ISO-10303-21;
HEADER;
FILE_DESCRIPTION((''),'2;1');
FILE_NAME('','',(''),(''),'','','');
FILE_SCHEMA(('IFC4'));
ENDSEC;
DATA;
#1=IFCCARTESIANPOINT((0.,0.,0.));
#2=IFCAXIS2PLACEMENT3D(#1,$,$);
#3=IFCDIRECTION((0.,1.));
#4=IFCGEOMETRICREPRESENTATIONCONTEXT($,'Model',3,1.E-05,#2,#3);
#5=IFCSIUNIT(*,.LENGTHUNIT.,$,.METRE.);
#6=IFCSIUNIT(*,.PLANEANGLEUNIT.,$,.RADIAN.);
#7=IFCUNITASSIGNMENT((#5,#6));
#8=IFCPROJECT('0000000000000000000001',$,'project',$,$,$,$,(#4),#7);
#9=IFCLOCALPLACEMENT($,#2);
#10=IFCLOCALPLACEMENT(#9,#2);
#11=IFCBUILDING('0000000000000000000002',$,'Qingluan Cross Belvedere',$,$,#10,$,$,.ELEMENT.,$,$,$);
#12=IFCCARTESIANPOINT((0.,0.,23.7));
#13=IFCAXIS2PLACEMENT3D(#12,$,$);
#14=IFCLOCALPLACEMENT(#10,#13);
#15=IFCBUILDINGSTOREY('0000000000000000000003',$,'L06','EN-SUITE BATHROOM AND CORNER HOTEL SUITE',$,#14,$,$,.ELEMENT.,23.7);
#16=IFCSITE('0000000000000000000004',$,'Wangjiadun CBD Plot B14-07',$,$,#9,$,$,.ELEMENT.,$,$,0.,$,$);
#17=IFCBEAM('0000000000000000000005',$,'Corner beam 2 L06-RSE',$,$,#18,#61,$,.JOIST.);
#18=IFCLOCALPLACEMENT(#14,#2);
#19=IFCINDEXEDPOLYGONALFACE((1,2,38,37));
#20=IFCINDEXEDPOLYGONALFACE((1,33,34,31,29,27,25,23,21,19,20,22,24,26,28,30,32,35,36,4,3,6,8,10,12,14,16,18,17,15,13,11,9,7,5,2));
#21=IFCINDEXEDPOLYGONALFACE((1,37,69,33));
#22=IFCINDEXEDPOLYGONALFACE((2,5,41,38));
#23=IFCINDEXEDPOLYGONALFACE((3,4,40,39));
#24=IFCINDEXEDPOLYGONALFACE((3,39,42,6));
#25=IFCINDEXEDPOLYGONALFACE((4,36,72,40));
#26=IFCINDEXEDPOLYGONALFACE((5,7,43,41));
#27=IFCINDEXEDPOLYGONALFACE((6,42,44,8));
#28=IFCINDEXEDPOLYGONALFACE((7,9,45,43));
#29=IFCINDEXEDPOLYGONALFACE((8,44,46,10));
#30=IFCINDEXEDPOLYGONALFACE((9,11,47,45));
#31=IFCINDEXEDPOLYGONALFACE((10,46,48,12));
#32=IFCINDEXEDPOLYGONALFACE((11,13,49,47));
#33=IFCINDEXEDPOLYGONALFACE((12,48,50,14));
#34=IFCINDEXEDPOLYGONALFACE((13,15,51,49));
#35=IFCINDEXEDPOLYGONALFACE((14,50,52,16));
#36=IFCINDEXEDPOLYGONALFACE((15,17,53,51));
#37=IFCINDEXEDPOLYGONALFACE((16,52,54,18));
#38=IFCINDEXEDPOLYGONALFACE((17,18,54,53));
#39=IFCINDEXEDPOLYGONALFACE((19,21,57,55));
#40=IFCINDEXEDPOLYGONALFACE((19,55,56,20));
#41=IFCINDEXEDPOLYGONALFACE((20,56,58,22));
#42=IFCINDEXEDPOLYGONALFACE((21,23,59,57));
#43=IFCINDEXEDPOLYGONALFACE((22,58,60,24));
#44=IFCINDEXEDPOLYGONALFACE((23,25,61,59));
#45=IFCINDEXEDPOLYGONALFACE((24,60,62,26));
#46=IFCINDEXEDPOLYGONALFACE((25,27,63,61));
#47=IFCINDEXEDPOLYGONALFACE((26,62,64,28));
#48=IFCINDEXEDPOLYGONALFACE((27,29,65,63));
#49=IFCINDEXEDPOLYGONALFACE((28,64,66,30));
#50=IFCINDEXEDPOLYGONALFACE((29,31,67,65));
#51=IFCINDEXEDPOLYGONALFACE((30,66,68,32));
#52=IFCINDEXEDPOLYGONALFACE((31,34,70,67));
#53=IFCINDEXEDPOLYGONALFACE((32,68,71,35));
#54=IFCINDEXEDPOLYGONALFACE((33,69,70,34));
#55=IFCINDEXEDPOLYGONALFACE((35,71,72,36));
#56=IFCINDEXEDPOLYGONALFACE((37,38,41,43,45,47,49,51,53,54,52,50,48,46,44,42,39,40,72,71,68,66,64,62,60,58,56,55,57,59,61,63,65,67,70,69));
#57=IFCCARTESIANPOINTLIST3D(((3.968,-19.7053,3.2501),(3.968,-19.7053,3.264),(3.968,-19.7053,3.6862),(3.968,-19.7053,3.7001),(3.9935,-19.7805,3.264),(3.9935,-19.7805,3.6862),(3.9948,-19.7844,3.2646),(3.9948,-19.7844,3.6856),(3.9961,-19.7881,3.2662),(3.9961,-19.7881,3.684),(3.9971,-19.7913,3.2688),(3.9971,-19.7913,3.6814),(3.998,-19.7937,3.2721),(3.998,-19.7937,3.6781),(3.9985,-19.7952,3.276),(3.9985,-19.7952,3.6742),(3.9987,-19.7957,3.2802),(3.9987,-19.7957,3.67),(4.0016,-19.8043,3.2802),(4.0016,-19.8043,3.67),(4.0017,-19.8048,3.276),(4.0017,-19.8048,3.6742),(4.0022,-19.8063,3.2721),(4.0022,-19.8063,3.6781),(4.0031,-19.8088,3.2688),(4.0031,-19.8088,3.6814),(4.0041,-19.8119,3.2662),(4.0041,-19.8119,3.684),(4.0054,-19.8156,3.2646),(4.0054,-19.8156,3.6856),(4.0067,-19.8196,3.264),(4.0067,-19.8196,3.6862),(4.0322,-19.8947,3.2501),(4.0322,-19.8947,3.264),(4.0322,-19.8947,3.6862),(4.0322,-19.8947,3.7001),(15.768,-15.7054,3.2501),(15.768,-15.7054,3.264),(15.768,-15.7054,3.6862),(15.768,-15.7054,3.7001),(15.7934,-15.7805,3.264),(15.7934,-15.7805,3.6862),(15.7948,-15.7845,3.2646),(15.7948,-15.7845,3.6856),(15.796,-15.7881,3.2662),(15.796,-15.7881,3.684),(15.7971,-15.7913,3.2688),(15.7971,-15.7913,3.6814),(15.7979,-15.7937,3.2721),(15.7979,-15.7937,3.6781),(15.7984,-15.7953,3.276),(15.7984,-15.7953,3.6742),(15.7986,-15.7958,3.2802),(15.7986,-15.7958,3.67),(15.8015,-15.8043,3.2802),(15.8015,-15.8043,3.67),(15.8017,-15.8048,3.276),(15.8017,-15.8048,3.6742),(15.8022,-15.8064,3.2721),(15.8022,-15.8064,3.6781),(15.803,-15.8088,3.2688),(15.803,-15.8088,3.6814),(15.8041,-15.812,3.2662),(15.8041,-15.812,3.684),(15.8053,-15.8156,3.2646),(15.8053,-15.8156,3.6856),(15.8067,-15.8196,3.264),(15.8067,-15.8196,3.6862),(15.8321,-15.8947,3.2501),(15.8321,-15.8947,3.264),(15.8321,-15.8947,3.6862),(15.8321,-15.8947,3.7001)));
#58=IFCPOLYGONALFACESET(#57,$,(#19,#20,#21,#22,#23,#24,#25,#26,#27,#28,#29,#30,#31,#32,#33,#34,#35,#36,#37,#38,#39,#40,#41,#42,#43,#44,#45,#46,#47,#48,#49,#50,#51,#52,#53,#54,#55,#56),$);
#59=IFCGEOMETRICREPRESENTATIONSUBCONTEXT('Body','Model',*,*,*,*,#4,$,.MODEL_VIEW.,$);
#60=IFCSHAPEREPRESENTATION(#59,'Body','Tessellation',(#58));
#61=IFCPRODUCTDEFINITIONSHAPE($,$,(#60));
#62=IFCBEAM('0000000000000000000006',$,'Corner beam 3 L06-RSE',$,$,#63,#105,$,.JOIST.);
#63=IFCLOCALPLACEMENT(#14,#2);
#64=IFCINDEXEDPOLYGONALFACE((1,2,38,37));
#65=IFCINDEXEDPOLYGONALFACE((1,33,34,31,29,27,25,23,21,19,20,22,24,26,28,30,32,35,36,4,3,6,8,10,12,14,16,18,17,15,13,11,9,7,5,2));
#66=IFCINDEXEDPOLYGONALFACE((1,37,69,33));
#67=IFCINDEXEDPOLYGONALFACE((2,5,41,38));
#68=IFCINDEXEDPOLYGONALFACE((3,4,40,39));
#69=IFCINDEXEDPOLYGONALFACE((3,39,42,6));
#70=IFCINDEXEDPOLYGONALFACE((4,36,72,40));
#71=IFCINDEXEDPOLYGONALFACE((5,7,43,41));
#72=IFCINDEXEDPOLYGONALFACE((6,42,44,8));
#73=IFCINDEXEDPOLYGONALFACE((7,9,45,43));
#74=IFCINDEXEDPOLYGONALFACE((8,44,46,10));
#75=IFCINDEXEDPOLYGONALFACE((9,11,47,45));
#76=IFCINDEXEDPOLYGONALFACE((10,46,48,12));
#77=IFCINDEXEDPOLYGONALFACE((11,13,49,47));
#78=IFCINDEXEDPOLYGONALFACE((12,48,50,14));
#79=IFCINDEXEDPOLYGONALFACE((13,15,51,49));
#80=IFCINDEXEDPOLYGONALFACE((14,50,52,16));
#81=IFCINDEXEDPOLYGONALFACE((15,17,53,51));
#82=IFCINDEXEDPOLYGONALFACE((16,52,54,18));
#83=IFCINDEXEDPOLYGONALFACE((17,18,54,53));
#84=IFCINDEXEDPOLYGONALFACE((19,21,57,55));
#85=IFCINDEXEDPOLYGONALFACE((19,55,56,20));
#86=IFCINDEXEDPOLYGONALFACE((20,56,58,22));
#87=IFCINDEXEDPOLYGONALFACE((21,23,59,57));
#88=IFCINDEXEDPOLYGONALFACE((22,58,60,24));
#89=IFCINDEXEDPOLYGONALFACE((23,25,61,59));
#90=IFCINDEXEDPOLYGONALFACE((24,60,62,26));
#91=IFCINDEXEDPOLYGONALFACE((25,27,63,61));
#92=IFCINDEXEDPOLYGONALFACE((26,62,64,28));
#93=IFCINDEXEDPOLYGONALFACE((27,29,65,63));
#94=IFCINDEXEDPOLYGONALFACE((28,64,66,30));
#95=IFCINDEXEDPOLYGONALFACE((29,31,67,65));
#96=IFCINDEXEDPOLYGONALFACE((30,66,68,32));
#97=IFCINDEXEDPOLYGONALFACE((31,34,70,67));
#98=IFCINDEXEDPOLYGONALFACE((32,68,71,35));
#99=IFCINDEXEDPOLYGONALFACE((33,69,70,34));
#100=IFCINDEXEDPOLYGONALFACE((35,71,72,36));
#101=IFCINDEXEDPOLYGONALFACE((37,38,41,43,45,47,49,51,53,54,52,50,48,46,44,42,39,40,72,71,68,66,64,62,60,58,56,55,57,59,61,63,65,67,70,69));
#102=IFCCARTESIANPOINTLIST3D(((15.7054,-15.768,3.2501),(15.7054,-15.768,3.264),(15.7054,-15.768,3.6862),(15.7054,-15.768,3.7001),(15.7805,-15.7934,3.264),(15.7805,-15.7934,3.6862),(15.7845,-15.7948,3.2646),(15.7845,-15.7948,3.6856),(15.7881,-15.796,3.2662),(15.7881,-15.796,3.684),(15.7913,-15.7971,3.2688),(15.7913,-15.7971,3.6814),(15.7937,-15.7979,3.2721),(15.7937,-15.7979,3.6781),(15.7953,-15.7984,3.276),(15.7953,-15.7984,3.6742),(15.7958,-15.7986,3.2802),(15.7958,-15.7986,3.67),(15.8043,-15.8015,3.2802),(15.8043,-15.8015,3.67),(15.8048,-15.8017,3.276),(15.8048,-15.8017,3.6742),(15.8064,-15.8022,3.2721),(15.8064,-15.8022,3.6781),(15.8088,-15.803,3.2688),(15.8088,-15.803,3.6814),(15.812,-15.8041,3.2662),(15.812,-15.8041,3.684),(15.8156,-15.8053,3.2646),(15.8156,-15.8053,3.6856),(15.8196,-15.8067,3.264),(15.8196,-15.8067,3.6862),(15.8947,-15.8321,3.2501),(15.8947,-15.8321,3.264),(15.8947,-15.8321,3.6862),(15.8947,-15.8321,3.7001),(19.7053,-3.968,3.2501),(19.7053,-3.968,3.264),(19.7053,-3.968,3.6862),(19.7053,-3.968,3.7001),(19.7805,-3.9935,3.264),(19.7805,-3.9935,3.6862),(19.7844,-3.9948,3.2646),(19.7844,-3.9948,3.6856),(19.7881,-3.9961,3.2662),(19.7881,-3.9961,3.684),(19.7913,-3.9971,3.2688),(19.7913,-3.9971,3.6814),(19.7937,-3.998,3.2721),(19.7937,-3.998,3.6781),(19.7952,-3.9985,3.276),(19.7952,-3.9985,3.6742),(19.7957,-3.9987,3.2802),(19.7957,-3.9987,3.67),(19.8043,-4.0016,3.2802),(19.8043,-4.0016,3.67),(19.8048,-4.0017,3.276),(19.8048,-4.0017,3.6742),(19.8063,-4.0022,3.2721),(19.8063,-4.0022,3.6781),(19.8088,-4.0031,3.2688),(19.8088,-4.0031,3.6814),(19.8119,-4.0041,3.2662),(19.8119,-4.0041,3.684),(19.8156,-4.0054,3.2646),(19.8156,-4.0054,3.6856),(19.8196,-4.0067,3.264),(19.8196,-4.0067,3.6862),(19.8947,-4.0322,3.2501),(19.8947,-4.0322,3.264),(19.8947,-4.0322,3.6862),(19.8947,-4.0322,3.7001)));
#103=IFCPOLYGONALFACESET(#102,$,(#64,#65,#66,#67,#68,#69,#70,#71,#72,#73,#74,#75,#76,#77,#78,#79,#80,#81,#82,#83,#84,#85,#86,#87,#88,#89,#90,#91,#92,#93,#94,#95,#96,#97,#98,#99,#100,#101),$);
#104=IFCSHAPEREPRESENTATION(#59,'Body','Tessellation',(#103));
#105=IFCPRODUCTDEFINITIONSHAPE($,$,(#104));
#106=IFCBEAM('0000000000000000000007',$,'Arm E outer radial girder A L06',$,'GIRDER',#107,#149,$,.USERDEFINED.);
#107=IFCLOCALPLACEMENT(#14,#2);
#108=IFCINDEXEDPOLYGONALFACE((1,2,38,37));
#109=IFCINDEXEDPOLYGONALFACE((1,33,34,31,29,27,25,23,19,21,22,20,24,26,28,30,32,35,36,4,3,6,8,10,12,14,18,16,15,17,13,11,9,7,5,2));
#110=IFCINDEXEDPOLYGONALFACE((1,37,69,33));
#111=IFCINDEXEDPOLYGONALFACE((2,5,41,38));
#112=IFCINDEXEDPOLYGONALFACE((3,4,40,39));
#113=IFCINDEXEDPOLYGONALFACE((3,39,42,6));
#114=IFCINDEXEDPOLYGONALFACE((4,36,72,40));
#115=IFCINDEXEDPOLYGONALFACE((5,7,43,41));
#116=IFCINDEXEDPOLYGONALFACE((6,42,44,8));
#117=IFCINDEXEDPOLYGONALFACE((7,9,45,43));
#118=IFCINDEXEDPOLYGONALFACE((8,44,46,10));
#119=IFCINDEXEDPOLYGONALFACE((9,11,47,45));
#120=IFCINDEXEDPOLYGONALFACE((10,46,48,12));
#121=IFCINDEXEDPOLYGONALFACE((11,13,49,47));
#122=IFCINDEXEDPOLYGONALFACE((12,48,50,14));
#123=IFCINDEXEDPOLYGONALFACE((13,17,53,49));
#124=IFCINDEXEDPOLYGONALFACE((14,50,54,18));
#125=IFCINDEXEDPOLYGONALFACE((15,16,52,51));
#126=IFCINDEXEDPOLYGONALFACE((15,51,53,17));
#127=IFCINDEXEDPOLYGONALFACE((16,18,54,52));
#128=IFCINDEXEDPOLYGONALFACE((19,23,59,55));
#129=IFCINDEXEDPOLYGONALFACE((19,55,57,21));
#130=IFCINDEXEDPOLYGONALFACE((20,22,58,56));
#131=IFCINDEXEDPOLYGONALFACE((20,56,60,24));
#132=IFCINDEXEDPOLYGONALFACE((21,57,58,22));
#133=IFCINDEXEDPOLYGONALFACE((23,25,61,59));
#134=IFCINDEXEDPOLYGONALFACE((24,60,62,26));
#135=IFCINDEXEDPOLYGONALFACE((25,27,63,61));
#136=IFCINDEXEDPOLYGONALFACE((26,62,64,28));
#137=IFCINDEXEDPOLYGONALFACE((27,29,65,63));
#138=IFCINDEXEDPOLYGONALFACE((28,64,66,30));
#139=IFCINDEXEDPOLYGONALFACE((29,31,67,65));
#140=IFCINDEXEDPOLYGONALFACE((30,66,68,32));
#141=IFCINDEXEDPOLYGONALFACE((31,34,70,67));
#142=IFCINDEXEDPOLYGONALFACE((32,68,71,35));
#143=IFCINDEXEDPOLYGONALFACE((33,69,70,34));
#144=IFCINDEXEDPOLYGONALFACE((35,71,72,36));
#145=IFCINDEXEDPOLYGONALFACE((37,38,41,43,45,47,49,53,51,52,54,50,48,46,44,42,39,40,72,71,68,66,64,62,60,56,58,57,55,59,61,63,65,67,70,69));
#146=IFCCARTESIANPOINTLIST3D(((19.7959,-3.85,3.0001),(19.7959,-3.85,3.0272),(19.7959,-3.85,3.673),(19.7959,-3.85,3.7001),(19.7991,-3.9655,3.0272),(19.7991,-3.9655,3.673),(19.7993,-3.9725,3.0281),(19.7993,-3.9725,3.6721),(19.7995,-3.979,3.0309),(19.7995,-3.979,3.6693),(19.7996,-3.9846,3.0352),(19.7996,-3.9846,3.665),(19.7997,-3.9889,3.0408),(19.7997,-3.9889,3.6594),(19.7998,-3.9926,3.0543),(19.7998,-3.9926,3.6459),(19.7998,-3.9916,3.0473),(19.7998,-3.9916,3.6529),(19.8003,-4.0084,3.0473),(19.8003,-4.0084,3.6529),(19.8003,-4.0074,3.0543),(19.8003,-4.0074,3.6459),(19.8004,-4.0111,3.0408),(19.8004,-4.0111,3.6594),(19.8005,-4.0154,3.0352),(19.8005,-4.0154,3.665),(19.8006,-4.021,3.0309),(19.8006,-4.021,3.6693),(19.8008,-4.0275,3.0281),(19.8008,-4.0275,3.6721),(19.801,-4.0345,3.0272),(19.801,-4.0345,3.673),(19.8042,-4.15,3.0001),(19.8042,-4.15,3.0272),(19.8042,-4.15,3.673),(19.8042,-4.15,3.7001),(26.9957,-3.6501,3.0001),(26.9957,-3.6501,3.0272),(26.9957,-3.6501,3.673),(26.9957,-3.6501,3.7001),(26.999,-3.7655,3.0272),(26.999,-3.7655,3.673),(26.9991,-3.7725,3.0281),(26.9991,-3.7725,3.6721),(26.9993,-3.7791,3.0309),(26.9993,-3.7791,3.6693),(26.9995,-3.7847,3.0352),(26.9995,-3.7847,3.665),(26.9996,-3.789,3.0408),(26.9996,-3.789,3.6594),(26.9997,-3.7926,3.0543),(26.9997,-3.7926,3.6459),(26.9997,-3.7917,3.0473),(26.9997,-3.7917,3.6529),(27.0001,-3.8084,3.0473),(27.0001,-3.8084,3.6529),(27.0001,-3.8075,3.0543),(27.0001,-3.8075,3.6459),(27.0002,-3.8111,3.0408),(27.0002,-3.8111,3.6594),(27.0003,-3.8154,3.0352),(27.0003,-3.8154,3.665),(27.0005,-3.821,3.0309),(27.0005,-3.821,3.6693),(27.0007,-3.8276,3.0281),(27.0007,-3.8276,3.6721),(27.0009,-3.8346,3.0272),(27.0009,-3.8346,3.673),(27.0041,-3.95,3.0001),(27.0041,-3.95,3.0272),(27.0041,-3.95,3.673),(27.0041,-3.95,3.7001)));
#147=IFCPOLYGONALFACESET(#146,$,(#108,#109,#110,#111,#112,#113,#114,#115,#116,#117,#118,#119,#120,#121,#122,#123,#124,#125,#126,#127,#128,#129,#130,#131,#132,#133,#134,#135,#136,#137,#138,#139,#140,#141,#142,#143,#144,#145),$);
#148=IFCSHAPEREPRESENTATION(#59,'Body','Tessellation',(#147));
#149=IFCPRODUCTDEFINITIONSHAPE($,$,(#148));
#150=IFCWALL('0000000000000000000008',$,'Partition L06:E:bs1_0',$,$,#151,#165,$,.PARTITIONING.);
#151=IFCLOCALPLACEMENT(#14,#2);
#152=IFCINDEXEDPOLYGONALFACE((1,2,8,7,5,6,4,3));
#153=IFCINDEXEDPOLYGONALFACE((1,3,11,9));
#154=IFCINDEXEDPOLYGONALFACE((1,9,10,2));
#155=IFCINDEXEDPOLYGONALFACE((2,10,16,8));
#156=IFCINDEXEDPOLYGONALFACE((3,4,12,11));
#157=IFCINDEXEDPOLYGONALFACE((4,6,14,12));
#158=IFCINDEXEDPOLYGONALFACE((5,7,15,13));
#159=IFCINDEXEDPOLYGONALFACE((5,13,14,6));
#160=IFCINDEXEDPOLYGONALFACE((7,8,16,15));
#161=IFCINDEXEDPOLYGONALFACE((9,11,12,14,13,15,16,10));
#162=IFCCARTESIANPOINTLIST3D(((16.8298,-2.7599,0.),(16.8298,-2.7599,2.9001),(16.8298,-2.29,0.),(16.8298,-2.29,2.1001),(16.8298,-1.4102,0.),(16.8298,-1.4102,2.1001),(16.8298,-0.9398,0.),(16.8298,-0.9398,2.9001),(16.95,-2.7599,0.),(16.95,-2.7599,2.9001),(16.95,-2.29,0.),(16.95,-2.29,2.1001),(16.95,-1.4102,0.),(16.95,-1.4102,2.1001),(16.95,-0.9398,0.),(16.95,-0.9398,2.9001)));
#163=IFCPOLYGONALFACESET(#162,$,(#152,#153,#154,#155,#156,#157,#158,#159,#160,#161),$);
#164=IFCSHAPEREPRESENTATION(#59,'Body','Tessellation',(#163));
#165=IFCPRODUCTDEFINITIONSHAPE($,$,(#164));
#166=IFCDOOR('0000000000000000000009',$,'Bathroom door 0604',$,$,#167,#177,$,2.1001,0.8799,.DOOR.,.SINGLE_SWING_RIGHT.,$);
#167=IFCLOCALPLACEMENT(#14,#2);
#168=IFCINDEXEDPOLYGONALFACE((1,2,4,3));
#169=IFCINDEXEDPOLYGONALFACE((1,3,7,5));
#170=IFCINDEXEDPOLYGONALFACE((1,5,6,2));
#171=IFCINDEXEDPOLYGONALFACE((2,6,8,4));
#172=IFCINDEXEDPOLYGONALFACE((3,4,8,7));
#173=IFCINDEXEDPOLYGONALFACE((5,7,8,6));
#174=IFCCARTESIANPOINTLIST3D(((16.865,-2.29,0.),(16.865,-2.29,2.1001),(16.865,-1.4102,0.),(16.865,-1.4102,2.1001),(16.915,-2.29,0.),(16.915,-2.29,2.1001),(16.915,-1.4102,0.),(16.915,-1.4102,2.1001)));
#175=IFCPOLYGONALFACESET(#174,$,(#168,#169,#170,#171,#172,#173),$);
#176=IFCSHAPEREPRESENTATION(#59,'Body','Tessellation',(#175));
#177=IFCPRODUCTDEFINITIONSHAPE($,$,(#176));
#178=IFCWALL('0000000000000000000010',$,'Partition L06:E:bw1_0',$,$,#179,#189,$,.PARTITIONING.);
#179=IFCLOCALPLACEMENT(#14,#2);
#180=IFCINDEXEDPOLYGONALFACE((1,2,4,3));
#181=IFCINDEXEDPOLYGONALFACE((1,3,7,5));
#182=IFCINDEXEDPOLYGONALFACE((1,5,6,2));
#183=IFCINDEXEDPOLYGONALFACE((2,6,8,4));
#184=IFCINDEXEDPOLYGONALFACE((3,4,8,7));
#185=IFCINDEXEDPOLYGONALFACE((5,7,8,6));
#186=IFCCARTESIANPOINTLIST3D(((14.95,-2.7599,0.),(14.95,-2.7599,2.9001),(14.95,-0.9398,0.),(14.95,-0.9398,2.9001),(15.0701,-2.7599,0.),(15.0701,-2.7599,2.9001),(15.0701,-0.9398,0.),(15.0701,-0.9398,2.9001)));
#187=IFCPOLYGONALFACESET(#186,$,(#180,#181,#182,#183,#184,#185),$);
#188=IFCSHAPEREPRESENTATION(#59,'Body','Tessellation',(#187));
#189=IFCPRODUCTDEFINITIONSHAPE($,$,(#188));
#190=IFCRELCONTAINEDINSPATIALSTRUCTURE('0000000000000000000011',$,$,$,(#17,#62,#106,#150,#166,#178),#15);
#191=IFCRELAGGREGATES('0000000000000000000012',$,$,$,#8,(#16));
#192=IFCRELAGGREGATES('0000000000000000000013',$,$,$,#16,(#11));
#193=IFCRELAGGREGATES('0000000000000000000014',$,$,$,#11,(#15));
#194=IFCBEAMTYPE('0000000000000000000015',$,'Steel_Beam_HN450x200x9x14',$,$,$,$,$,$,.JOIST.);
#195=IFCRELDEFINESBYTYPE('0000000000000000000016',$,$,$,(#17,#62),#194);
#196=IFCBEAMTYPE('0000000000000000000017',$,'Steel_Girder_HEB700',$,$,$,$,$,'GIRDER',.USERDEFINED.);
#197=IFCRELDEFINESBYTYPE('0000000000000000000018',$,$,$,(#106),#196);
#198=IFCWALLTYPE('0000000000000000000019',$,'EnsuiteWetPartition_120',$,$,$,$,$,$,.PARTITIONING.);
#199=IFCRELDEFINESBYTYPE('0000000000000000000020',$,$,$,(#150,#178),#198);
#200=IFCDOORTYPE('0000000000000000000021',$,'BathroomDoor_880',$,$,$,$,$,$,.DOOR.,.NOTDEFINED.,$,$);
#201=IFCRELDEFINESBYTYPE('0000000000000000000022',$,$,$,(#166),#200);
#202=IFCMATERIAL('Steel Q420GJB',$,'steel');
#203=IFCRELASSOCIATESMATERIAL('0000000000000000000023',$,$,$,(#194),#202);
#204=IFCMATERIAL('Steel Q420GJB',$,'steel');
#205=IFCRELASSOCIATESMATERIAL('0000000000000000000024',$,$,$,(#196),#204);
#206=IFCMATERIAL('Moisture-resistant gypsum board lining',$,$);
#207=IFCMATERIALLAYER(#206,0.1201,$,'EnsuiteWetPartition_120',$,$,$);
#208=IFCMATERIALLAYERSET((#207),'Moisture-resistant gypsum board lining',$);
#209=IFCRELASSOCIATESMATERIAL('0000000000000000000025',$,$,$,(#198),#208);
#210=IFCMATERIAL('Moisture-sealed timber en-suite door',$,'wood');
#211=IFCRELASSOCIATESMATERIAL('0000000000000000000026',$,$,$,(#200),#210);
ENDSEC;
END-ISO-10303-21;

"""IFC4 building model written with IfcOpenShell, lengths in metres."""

from ifc_helpers import new_model, si_unit, direction, frame, frame_2d, origin, origin_2d, place, context, subcontext, project, spatial, rectangle, i_section, extrude, material, layer, layer_set, material_profile, profile_set, type_object, element, fill, save


model = new_model("IFC4")

# Units and contexts
model_context = context("Model", 3, precision=1e-05, world=origin(), true_north=direction((0.0, 1.0)))
body_context = subcontext(model_context, "Body", "Model", "MODEL_VIEW")
ifc_project = project(units=[si_unit("LENGTHUNIT", "METRE"), si_unit("PLANEANGLEUNIT", "RADIAN")], contexts=[model_context])

# Site, building, storey
site_placement = place(None, origin())
site = spatial("IfcSite", under=ifc_project, at=site_placement, Name="Wangjiadun CBD Plot B14-07", CompositionType="ELEMENT", RefElevation=0.0)
building_placement = place(site_placement, origin())
building = spatial("IfcBuilding", under=site, at=building_placement, Name="Qingluan Cross Belvedere", CompositionType="ELEMENT")
storey_placement = place(building_placement, frame((0.0, 0.0, 23.7)))
storey = spatial("IfcBuildingStorey", under=building, at=storey_placement, Name="L06", Description="EN-SUITE BATHROOM AND CORNER HOTEL SUITE", CompositionType="ELEMENT", Elevation=23.7)

# Beams
ifc_material_1 = material(Name="Steel Q420GJB", Category="steel")
ifc_material_profile_1 = material_profile(ifc_material_1, i_section(OverallWidth=0.2, OverallDepth=0.45, WebThickness=0.009, FlangeThickness=0.0139, FilletRadius=0.0161, at=origin_2d()), Name="HN450x200x9x14")
ifc_profile_set_1 = profile_set([ifc_material_profile_1], Name="Steel Q420GJB")
beam_type_1 = type_object("IfcBeamType", Name="Steel_Beam_HN450x200x9x14", PredefinedType="JOIST", material=ifc_profile_set_1)
for number, where, z_axis, x_axis, name in (
    (1, (15.8, -15.8, 3.4751), (-0.947066, -0.321038, 0.0), (0.321038, -0.947066, 0.0), "Corner beam 2 L06-RSE"),
    (2, (15.8, -15.8, 3.4751), (0.321038, 0.947066, 0.0), (-0.947066, 0.321038, 0.0), "Corner beam 3 L06-RSE"),
):
    element("IfcBeam", number, at=place(storey_placement, frame(where, z_axis=z_axis, x_axis=x_axis)), inside=storey, type_object=beam_type_1, Name=name, PredefinedType="JOIST", context=body_context, shape_type="SweptSolid", body=[
        extrude(i_section(OverallWidth=0.2, OverallDepth=0.45, WebThickness=0.009, FlangeThickness=0.0139, FilletRadius=0.0161, at=origin_2d()), origin(), (0.0, 0.0, 1.0), 12.4595),
    ])
ifc_material_2 = material(Name="Steel Q420GJB", Category="steel")
ifc_material_profile_2 = material_profile(ifc_material_2, i_section(OverallWidth=0.3, OverallDepth=0.7, WebThickness=0.0149, FlangeThickness=0.0271, FilletRadius=0.0271, at=origin_2d()), Name="HEB700")
ifc_profile_set_2 = profile_set([ifc_material_profile_2], Name="Steel Q420GJB")
beam_type_2 = type_object("IfcBeamType", Name="Steel_Girder_HEB700", ElementType="GIRDER", PredefinedType="USERDEFINED", material=ifc_profile_set_2)
beam_1_placement = place(storey_placement, frame((19.8, -4.0, 3.3501), z_axis=(0.999615, 0.02776, 0.0), x_axis=(-0.02776, 0.999615, 0.0)))
element("IfcBeam", 3, at=beam_1_placement, inside=storey, type_object=beam_type_2, Name="Arm E outer radial girder A L06", ObjectType="GIRDER", PredefinedType="USERDEFINED", context=body_context, shape_type="SweptSolid", body=[
    extrude(i_section(OverallWidth=0.3, OverallDepth=0.7, WebThickness=0.0149, FlangeThickness=0.0271, FilletRadius=0.0271, at=origin_2d()), origin(), (0.0, 0.0, 1.0), 7.2026),
])

# Wall, opening, door
ifc_material_3 = material(Name="Moisture-resistant gypsum board lining")
ifc_layer_1 = layer(ifc_material_3, 0.1201, Name="EnsuiteWetPartition_120")
ifc_layer_set_1 = layer_set([ifc_layer_1], Name="Moisture-resistant gypsum board lining")
wall_type_1 = type_object("IfcWallType", Name="EnsuiteWetPartition_120", PredefinedType="PARTITIONING", material=ifc_layer_set_1)
wall_1_placement = place(storey_placement, frame((16.8899, -2.76, 0.0), z_axis=(0.0, 0.0, 1.0), x_axis=(0.0, 1.0, 0.0)))
wall_1 = element("IfcWall", 4, at=wall_1_placement, inside=storey, type_object=wall_type_1, Name="Partition L06:E:bs1_0", PredefinedType="PARTITIONING", context=body_context, shape_type="SweptSolid", body=[
    extrude(rectangle(XDim=1.8201, YDim=0.1201, at=frame_2d((0.9102, 0.0))), origin(), (0.0, 0.0, 1.0), 2.9001),
])
opening_1_placement = place(wall_1_placement, frame((0.47, 0.0, 0.0)))
opening_1 = element("IfcOpeningElement", 5, at=opening_1_placement, cuts=wall_1, PredefinedType="OPENING", context=body_context, shape_type="SweptSolid", body=[
    extrude(rectangle(XDim=0.8799, YDim=2.1001, at=frame_2d((0.4399, 1.05))), frame((0.0, 0.0701, 0.0), z_axis=(0.0, -1.0, 0.0), x_axis=(1.0, 0.0, 0.0)), (0.0, 0.0, 1.0), 0.1401),
])
ifc_material_4 = material(Name="Moisture-sealed timber en-suite door", Category="wood")
door_type = type_object("IfcDoorType", Name="BathroomDoor_880", OperationType="NOTDEFINED", PredefinedType="DOOR", material=ifc_material_4)
door_1_placement = place(opening_1_placement, origin())
door_1 = element("IfcDoor", 6, at=door_1_placement, inside=storey, type_object=door_type, Name="Bathroom door 0604", OperationType="SINGLE_SWING_RIGHT", OverallHeight=2.1001, OverallWidth=0.8799, PredefinedType="DOOR", context=body_context, shape_type="SweptSolid", body=[
    extrude(rectangle(XDim=0.8799, YDim=2.1001, at=frame_2d((0.4399, 1.05))), frame((0.0, 0.0249, 0.0), z_axis=(0.0, -1.0, 0.0), x_axis=(1.0, 0.0, 0.0)), (0.0, 0.0, 1.0), 0.05),
])
fill(opening_1, door_1)

# Wall
wall_2_placement = place(storey_placement, frame((15.01, -2.76, 0.0), z_axis=(0.0, 0.0, 1.0), x_axis=(0.0, 1.0, 0.0)))
element("IfcWall", 7, at=wall_2_placement, inside=storey, type_object=wall_type_1, Name="Partition L06:E:bw1_0", PredefinedType="PARTITIONING", context=body_context, shape_type="SweptSolid", body=[
    extrude(rectangle(XDim=1.8201, YDim=0.1201, at=frame_2d((0.9102, 0.0))), origin(), (0.0, 0.0, 1.0), 2.9001),
])

save(model, "model.ifc")
